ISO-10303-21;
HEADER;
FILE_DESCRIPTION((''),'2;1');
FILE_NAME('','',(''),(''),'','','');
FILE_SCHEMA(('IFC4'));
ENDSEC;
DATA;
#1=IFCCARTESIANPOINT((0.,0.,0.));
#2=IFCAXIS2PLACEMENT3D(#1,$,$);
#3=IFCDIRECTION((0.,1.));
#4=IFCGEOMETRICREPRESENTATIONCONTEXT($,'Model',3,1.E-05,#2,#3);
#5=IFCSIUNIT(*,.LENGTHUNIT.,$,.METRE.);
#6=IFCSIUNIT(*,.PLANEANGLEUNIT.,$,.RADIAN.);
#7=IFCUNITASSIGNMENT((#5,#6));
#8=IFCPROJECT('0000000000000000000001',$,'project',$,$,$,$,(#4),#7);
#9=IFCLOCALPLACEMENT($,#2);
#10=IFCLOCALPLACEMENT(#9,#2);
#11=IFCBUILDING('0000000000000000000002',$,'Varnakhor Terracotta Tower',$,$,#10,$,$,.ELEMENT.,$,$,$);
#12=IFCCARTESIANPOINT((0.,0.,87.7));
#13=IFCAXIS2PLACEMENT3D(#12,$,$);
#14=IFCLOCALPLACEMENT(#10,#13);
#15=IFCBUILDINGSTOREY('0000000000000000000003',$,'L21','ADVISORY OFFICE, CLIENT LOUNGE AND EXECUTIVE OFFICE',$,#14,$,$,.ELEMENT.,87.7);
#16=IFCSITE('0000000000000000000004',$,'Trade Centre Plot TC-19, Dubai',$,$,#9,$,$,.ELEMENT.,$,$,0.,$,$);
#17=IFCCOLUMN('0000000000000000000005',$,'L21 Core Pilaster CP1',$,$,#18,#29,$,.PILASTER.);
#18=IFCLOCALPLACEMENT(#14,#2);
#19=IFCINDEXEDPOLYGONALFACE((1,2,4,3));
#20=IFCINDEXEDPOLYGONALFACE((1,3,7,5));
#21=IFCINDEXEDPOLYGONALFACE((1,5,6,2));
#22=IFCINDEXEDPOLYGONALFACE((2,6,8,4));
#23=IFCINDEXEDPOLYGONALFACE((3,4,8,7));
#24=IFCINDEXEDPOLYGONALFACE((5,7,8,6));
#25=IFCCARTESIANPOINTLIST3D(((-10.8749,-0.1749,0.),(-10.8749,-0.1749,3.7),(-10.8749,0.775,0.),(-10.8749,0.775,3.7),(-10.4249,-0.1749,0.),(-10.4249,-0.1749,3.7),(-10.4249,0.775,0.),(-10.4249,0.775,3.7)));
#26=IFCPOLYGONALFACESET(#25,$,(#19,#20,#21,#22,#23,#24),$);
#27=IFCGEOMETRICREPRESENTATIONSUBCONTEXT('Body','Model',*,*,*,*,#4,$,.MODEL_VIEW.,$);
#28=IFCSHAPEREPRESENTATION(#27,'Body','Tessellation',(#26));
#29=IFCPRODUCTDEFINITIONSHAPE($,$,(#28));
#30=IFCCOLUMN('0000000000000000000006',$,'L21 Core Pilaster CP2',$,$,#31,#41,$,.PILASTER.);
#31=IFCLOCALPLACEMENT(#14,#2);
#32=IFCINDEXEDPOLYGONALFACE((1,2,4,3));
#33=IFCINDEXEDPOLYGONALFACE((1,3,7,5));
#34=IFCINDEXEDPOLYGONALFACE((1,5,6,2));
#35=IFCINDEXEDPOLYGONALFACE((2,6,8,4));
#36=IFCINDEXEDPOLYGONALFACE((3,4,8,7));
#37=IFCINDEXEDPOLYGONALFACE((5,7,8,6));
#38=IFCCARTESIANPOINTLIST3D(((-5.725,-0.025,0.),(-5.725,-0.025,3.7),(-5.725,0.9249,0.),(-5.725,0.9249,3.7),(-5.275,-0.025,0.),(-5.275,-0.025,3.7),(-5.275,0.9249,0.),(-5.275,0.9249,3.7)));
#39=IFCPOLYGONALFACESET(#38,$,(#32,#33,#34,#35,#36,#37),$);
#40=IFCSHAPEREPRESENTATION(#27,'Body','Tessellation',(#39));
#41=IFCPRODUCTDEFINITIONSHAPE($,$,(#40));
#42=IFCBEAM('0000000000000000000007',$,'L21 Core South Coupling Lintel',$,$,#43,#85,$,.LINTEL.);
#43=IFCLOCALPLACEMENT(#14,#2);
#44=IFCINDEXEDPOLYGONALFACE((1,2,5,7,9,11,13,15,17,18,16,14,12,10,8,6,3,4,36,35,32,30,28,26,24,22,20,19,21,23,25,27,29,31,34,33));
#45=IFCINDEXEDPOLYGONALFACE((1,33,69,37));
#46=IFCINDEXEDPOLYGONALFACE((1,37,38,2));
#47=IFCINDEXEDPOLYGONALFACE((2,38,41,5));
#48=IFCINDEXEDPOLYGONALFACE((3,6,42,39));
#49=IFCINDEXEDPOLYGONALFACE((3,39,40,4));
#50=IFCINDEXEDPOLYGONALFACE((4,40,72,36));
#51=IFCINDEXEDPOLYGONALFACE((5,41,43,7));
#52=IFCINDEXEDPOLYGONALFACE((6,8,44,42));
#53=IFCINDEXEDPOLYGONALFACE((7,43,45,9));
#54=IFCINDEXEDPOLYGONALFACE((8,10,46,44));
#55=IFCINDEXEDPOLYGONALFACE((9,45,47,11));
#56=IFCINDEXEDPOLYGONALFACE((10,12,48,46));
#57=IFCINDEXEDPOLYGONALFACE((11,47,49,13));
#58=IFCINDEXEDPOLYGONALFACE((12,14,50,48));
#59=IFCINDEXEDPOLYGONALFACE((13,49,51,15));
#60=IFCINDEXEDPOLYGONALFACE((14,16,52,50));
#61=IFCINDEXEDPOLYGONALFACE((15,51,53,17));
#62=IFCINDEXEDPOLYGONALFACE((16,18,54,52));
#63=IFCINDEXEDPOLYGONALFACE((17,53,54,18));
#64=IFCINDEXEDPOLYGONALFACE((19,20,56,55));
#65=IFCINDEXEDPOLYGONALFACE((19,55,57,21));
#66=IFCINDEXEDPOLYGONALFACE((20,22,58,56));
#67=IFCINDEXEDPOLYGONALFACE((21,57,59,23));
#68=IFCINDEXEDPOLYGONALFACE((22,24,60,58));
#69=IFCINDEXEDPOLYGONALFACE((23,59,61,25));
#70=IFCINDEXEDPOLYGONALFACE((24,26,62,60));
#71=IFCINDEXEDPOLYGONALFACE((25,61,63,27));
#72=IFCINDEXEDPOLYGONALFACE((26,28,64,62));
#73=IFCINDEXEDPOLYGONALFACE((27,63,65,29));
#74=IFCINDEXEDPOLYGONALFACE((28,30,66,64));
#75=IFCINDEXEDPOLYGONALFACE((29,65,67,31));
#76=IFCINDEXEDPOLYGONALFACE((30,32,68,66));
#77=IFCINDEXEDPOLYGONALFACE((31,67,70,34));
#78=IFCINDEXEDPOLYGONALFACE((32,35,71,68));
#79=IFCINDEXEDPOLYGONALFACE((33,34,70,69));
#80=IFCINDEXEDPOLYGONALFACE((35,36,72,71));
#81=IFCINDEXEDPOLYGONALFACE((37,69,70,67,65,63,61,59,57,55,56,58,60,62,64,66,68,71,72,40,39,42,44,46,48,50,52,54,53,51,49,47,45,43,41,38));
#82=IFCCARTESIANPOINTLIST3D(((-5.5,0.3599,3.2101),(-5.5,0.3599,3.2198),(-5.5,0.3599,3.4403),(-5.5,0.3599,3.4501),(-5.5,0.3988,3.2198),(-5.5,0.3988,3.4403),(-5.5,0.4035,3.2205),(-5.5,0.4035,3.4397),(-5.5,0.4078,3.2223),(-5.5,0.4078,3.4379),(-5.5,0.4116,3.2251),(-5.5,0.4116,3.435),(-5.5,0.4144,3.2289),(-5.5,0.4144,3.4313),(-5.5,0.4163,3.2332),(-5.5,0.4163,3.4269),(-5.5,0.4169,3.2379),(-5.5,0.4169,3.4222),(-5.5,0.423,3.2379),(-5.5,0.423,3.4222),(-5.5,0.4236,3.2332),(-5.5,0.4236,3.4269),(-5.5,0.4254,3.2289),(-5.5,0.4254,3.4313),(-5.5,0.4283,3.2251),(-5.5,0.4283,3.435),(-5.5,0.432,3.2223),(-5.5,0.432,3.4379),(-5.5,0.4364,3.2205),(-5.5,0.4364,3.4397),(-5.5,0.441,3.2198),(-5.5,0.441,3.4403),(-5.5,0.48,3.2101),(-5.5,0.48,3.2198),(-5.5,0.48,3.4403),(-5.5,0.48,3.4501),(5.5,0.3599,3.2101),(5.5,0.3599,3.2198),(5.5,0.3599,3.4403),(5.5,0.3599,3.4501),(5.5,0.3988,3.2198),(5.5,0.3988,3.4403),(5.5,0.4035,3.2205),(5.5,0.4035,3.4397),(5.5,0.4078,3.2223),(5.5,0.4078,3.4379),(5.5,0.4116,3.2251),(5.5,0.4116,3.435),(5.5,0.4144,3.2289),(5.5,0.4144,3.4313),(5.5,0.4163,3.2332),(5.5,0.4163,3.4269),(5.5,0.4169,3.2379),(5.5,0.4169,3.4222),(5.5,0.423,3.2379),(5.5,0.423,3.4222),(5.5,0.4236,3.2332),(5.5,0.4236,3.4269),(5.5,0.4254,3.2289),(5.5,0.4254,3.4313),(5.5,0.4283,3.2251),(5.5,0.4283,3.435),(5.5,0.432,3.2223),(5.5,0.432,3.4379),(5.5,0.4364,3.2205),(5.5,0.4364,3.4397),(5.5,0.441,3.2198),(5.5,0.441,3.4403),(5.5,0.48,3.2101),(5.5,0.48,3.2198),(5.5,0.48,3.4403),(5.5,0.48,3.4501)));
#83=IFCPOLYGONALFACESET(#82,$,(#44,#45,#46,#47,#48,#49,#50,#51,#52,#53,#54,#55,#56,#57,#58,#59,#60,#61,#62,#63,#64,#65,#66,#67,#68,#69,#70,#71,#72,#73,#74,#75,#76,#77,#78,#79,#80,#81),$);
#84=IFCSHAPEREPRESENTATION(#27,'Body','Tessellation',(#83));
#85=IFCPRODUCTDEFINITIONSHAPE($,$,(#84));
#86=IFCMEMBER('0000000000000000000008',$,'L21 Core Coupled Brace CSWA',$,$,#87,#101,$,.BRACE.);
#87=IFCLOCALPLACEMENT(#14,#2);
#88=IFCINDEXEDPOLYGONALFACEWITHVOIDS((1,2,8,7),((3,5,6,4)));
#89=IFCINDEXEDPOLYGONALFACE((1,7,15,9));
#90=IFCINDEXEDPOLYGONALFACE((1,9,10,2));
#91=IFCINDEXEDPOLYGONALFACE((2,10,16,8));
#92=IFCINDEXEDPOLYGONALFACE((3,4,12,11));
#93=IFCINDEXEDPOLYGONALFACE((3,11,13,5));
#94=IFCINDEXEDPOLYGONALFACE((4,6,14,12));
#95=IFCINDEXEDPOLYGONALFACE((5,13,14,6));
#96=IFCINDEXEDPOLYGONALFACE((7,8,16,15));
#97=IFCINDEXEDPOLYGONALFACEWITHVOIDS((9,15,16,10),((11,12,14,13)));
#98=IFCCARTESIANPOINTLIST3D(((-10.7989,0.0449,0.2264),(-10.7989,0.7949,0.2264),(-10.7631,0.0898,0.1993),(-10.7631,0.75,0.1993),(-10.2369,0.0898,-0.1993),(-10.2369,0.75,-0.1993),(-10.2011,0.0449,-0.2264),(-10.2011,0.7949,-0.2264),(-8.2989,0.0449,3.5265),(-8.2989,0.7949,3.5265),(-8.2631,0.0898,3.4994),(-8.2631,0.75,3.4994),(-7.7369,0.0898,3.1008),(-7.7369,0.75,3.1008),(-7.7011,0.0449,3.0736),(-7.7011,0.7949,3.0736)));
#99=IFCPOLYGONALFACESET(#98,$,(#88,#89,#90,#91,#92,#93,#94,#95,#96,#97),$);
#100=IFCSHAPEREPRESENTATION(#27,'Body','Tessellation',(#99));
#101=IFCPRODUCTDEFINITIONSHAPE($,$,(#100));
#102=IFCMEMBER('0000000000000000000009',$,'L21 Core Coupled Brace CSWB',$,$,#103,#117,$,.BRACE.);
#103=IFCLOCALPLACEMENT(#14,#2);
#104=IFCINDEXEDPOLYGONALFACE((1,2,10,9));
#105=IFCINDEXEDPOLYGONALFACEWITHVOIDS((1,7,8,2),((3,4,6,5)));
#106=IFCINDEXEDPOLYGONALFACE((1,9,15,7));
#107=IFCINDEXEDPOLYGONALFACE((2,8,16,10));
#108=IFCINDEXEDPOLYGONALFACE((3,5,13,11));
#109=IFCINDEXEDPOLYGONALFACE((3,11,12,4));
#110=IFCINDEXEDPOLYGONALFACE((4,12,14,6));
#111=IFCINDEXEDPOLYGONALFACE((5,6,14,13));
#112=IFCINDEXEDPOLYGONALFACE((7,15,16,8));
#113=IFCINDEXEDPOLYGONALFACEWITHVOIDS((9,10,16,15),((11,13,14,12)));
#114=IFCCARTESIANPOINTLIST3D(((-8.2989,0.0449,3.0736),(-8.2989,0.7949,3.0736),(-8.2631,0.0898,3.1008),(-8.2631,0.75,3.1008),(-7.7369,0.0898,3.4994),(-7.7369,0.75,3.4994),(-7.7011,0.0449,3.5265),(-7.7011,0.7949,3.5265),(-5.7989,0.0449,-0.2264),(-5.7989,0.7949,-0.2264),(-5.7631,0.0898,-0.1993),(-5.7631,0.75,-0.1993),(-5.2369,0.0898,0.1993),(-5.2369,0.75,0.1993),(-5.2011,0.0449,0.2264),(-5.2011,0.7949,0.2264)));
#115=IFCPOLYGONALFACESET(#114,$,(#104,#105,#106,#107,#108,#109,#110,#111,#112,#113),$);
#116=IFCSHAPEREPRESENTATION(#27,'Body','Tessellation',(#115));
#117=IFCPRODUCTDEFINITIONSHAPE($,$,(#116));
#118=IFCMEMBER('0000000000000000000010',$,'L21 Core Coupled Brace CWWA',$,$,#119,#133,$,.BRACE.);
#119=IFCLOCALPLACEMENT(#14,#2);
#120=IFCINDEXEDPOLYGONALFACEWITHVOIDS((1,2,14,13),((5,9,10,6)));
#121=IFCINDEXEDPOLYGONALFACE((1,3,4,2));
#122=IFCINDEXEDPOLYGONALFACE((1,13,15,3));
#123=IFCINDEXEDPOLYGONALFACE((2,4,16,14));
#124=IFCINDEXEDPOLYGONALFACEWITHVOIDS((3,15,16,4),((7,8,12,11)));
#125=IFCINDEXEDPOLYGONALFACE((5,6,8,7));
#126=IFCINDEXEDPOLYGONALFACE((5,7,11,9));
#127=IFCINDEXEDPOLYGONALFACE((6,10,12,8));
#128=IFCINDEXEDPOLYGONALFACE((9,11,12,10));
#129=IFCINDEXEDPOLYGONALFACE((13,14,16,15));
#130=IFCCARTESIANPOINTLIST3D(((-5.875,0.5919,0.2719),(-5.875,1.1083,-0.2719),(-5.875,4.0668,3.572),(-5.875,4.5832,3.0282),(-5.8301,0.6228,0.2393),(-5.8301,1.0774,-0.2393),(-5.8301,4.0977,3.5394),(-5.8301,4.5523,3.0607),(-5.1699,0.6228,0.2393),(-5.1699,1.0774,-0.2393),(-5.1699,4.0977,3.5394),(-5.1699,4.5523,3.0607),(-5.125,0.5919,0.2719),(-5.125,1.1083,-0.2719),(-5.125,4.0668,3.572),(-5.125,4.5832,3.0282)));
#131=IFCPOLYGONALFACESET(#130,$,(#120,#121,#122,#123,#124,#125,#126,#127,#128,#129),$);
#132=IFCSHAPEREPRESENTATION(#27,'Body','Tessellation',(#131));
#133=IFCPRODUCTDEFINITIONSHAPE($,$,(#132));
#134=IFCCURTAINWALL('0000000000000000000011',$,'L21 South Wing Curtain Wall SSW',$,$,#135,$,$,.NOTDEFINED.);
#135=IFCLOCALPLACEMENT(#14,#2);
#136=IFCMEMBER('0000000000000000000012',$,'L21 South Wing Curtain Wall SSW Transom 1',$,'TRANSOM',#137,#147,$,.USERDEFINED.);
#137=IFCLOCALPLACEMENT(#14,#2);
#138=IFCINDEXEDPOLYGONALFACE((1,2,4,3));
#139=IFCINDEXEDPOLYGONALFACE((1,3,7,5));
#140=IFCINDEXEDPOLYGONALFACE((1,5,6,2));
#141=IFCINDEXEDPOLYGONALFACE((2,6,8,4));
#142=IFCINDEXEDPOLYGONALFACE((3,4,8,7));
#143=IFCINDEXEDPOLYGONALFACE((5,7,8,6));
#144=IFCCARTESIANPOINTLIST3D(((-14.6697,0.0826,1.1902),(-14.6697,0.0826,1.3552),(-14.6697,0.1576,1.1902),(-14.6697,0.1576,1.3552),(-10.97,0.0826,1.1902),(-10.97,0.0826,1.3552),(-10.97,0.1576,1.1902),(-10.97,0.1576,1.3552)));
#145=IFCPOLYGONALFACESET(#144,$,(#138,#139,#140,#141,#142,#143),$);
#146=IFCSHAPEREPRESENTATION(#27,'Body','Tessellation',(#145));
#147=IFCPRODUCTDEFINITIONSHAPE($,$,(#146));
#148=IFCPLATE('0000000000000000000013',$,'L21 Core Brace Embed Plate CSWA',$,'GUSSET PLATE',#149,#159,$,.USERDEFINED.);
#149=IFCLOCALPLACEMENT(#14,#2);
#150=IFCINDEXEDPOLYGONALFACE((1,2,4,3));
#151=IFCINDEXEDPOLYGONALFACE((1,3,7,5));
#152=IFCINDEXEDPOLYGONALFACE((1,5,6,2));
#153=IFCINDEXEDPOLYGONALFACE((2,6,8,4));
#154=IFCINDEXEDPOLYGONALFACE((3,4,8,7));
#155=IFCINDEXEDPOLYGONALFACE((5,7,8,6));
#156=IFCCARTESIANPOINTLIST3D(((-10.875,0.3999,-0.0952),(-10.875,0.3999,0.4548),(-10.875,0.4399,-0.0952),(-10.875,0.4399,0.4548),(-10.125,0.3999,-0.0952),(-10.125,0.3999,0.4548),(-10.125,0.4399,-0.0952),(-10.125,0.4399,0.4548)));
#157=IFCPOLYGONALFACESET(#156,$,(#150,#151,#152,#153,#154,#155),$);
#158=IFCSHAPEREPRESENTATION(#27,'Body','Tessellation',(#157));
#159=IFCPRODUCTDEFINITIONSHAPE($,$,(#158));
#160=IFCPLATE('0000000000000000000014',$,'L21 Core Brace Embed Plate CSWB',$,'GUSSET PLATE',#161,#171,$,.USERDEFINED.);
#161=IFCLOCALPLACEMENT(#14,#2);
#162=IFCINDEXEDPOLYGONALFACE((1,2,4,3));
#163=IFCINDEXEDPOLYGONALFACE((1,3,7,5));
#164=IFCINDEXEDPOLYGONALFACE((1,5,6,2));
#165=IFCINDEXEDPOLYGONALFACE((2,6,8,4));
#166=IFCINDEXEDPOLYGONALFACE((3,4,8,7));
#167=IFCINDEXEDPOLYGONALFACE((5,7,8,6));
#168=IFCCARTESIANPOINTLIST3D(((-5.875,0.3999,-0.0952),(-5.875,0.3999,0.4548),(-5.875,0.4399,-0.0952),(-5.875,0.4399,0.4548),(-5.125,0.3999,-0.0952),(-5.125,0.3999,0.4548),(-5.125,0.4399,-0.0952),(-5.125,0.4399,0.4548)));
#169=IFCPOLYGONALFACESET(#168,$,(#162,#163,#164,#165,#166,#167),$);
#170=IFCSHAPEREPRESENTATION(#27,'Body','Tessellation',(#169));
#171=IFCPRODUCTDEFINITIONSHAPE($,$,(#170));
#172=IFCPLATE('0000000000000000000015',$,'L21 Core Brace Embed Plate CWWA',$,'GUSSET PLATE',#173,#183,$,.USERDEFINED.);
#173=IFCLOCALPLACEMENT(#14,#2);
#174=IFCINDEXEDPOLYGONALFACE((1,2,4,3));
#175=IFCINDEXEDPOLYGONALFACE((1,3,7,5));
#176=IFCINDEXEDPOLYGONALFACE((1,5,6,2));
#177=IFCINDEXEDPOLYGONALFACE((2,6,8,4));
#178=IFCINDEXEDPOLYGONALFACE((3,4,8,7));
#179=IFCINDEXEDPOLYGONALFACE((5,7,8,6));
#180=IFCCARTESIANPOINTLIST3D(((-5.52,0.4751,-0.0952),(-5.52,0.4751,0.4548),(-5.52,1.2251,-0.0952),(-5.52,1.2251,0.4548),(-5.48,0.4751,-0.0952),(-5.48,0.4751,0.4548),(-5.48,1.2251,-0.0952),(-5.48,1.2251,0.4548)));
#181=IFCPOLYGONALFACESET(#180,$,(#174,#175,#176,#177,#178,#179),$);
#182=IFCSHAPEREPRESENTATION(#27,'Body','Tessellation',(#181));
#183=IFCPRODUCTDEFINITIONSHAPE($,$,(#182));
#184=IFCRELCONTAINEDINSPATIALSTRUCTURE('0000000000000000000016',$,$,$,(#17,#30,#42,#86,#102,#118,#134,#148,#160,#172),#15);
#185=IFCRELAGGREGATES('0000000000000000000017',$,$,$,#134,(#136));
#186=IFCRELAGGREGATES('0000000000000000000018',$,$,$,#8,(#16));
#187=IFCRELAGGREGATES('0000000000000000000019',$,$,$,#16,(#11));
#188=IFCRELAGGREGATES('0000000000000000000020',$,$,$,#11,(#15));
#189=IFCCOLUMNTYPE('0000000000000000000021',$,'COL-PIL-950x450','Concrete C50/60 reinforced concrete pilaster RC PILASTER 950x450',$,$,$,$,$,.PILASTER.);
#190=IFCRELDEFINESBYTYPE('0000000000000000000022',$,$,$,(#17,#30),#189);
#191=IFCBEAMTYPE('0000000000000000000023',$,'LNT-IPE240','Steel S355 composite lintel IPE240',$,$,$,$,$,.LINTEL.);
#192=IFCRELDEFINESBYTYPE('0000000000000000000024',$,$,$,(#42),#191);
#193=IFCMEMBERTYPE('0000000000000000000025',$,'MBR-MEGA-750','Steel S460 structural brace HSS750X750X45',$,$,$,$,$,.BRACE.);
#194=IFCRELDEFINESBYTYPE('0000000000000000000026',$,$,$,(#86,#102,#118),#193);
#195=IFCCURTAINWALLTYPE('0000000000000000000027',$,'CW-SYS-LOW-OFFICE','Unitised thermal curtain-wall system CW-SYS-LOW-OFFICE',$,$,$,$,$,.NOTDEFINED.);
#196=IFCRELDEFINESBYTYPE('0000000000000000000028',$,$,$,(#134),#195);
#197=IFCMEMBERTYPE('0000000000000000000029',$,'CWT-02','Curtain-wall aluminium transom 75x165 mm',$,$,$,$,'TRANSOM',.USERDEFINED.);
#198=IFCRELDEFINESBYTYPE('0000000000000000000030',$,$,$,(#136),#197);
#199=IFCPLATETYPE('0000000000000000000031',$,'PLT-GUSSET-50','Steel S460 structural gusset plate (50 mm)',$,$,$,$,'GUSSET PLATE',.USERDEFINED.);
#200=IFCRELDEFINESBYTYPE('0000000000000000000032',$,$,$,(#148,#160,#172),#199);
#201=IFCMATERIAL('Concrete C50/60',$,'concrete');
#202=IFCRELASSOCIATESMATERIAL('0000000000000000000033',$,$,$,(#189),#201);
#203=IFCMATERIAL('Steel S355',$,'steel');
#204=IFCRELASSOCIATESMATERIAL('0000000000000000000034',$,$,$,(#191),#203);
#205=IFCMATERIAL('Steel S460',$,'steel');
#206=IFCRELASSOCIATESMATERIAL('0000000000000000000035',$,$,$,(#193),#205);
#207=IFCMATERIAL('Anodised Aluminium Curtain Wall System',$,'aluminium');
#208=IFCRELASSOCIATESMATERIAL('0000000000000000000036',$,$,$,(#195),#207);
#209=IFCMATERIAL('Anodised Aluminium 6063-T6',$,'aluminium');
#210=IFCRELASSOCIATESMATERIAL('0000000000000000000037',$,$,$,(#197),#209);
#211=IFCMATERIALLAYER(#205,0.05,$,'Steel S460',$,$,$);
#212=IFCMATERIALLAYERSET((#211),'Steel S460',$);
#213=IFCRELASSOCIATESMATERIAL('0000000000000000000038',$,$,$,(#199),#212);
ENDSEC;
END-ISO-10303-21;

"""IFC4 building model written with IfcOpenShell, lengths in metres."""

from ifc_helpers import new_model, si_unit, direction, frame, origin, origin_2d, place, context, subcontext, project, spatial, rectangle, hollow_rectangle, i_section, extrude, source, transform, mapped, material, layer, layer_set, material_profile, profile_set, type_object, type_shapes, element, aggregate, save


model = new_model("IFC4")

# Units and contexts
model_context = context("Model", 3, precision=1e-05, world=origin(), true_north=direction((0.0, 1.0)))
body_context = subcontext(model_context, "Body", "Model", "MODEL_VIEW")
ifc_project = project(units=[si_unit("LENGTHUNIT", "METRE"), si_unit("PLANEANGLEUNIT", "RADIAN")], contexts=[model_context])

# Site, building, storey
site_placement = place(None, origin())
site = spatial("IfcSite", under=ifc_project, at=site_placement, Name="Trade Centre Plot TC-19, Dubai", CompositionType="ELEMENT", RefElevation=0.0)
building_placement = place(site_placement, origin())
building = spatial("IfcBuilding", under=site, at=building_placement, Name="Varnakhor Terracotta Tower", CompositionType="ELEMENT")
storey_placement = place(building_placement, frame((0.0, 0.0, 87.7)))
storey = spatial("IfcBuildingStorey", under=building, at=storey_placement, Name="L21", Description="ADVISORY OFFICE, CLIENT LOUNGE AND EXECUTIVE OFFICE", CompositionType="ELEMENT", Elevation=87.7)

# Columns
ifc_material_1 = material(Name="Concrete C50/60", Category="concrete")
ifc_material_profile_1 = material_profile(ifc_material_1, rectangle(XDim=0.45, YDim=0.95, at=origin_2d()), Name="RC PILASTER 950x450")
ifc_profile_set_1 = profile_set([ifc_material_profile_1], Name="Concrete C50/60")
column_type = type_object("IfcColumnType", Name="COL-PIL-950x450", Description="Concrete C50/60 reinforced concrete pilaster RC PILASTER 950x450", PredefinedType="PILASTER", material=ifc_profile_set_1)
shared_shape_1 = source(origin(), body_context, "Body", "SweptSolid", [
    extrude(rectangle(XDim=0.45, YDim=0.95, at=origin_2d()), origin(), (0.0, 0.0, 1.0), 3.7),
])
for number, where, z_axis, x_axis, name in (
    (1, (-10.6499, 0.3, 0.0), (0.0, 0.0, 1.0), (1.0, 0.0, 0.0), "L21 Core Pilaster CP1"),
    (2, (-5.5, 0.45, 0.0), (0.0, 0.0, 1.0), (1.0, 0.0, 0.0), "L21 Core Pilaster CP2"),
):
    element("IfcColumn", number, at=place(storey_placement, frame(where, z_axis=z_axis, x_axis=x_axis)), inside=storey, type_object=column_type, Name=name, PredefinedType="PILASTER", context=body_context, shape_type="MappedRepresentation", body=[
        mapped(shared_shape_1, transform((0.0, 0.0, 0.0), scale=1.0)),
    ])

# Beam
ifc_material_2 = material(Name="Steel S355", Category="steel")
ifc_material_profile_2 = material_profile(ifc_material_2, i_section(OverallWidth=0.1201, OverallDepth=0.24, WebThickness=0.0061, FlangeThickness=0.0098, FilletRadius=0.0181, at=origin_2d()), Name="IPE240")
ifc_profile_set_2 = profile_set([ifc_material_profile_2], Name="Steel S355")
beam_type = type_object("IfcBeamType", Name="LNT-IPE240", Description="Steel S355 composite lintel IPE240", PredefinedType="LINTEL", material=ifc_profile_set_2)
shared_shape_2 = source(origin(), body_context, "Body", "SweptSolid", [
    extrude(i_section(OverallWidth=0.1201, OverallDepth=0.24, WebThickness=0.0061, FlangeThickness=0.0098, FilletRadius=0.0181, at=origin_2d()), origin(), (0.0, 0.0, 1.0), 11.0),
])
type_shapes(beam_type, [shared_shape_2])
beam_placement = place(storey_placement, frame((-5.5, 0.4199, 3.3301), z_axis=(1.0, 0.0, 0.0), x_axis=(0.0, 1.0, 0.0)))
element("IfcBeam", 3, at=beam_placement, inside=storey, type_object=beam_type, Name="L21 Core South Coupling Lintel", PredefinedType="LINTEL", context=body_context, shape_type="MappedRepresentation", body=[
    mapped(shared_shape_2, transform((0.0, 0.0, 0.0), scale=1.0)),
])

# Members
ifc_material_3 = material(Name="Steel S460", Category="steel")
ifc_material_profile_3 = material_profile(ifc_material_3, hollow_rectangle(XDim=0.75, YDim=0.75, WallThickness=0.0449, at=origin_2d()), Name="HSS750X750X45")
ifc_profile_set_3 = profile_set([ifc_material_profile_3], Name="Steel S460")
member_type_1 = type_object("IfcMemberType", Name="MBR-MEGA-750", Description="Steel S460 structural brace HSS750X750X45", PredefinedType="BRACE", material=ifc_profile_set_3)
shared_shape_3 = source(origin(), body_context, "Body", "SweptSolid", [
    extrude(hollow_rectangle(XDim=0.75, YDim=0.75, WallThickness=0.0449, at=origin_2d()), origin(), (0.0, 0.0, 1.0), 4.1401),
])
type_shapes(member_type_1, [shared_shape_3])
for number, where, z_axis, x_axis, name in (
    (4, (-10.5, 0.4199, 0.0), (0.603852, 0.0, 0.797096), (0.0, 1.0, 0.0), "L21 Core Coupled Brace CSWA"),
    (5, (-5.5, 0.4199, 0.0), (-0.603852, 0.0, 0.797096), (0.0, -1.0, 0.0), "L21 Core Coupled Brace CSWB"),
):
    element("IfcMember", number, at=place(storey_placement, frame(where, z_axis=z_axis, x_axis=x_axis)), inside=storey, type_object=member_type_1, Name=name, PredefinedType="BRACE", context=body_context, shape_type="MappedRepresentation", body=[
        mapped(shared_shape_3, transform((0.0, 0.0, 0.0), scale=1.0)),
    ])
shared_shape_4 = source(origin(), body_context, "Body", "SweptSolid", [
    extrude(hollow_rectangle(XDim=0.75, YDim=0.75, WallThickness=0.0449, at=origin_2d()), origin(), (0.0, 0.0, 1.0), 4.7922),
])
member_1_placement = place(storey_placement, frame((-5.5, 0.8501, 0.0), z_axis=(0.0, 0.72511, 0.688633), x_axis=(-1.0, 0.0, 0.0)))
element("IfcMember", 6, at=member_1_placement, inside=storey, type_object=member_type_1, Name="L21 Core Coupled Brace CWWA", PredefinedType="BRACE", context=body_context, shape_type="MappedRepresentation", body=[
    mapped(shared_shape_4, transform((0.0, 0.0, 0.0), scale=1.0)),
])

# Curtain wall, member
ifc_material_4 = material(Name="Anodised Aluminium Curtain Wall System", Category="aluminium")
curtain_wall_type = type_object("IfcCurtainWallType", Name="CW-SYS-LOW-OFFICE", Description="Unitised thermal curtain-wall system CW-SYS-LOW-OFFICE", PredefinedType="NOTDEFINED", material=ifc_material_4)
curtain_wall_placement = place(storey_placement, origin())
curtain_wall = element("IfcCurtainWall", 7, at=curtain_wall_placement, inside=storey, type_object=curtain_wall_type, Name="L21 South Wing Curtain Wall SSW", PredefinedType="NOTDEFINED")
ifc_material_5 = material(Name="Anodised Aluminium 6063-T6", Category="aluminium")
ifc_material_profile_4 = material_profile(ifc_material_5, rectangle(XDim=0.075, YDim=0.165, at=origin_2d()), Name="ALU TRANSOM 75x165")
ifc_profile_set_4 = profile_set([ifc_material_profile_4], Name="Anodised Aluminium 6063-T6")
member_type_2 = type_object("IfcMemberType", Name="CWT-02", Description="Curtain-wall aluminium transom 75x165 mm", ElementType="TRANSOM", PredefinedType="USERDEFINED", material=ifc_profile_set_4)
shared_shape_5 = source(origin(), body_context, "Body", "SweptSolid", [
    extrude(rectangle(XDim=0.075, YDim=0.165, at=origin_2d()), origin(), (0.0, 0.0, 1.0), 3.6997),
])
member_2_placement = place(storey_placement, frame((-10.97, 0.1201, 1.2727), z_axis=(-1.0, 0.0, 0.0), x_axis=(0.0, -1.0, 0.0)))
member_2 = element("IfcMember", 8, at=member_2_placement, type_object=member_type_2, Name="L21 South Wing Curtain Wall SSW Transom 1", ObjectType="TRANSOM", PredefinedType="USERDEFINED", context=body_context, shape_type="MappedRepresentation", body=[
    mapped(shared_shape_5, transform((0.0, 0.0, 0.0), scale=1.0)),
])
aggregate(curtain_wall, [member_2])

# Plates
ifc_layer_1 = layer(ifc_material_3, 0.05, Name="Steel S460")
ifc_layer_set_1 = layer_set([ifc_layer_1], Name="Steel S460")
plate_type = type_object("IfcPlateType", Name="PLT-GUSSET-50", Description="Steel S460 structural gusset plate (50 mm)", ElementType="GUSSET PLATE", PredefinedType="USERDEFINED", material=ifc_layer_set_1)
shared_shape_6 = source(origin(), body_context, "Body", "SweptSolid", [
    extrude(rectangle(XDim=0.75, YDim=0.04, at=origin_2d()), origin(), (0.0, 0.0, 1.0), 0.55),
])
type_shapes(plate_type, [shared_shape_6])
for number, where, z_axis, x_axis, name in (
    (9, (-10.5, 0.4199, -0.0952), (0.0, 0.0, 1.0), (1.0, 0.0, 0.0), "L21 Core Brace Embed Plate CSWA"),
    (10, (-5.5, 0.4199, -0.0952), (0.0, 0.0, 1.0), (1.0, 0.0, 0.0), "L21 Core Brace Embed Plate CSWB"),
    (11, (-5.5, 0.8501, -0.0952), (0.0, 0.0, 1.0), (0.0, 1.0, 0.0), "L21 Core Brace Embed Plate CWWA"),
):
    element("IfcPlate", number, at=place(storey_placement, frame(where, z_axis=z_axis, x_axis=x_axis)), inside=storey, type_object=plate_type, Name=name, ObjectType="GUSSET PLATE", PredefinedType="USERDEFINED", context=body_context, shape_type="MappedRepresentation", body=[
        mapped(shared_shape_6, transform((0.0, 0.0, 0.0), scale=1.0)),
    ])

save(model, "model.ifc")
